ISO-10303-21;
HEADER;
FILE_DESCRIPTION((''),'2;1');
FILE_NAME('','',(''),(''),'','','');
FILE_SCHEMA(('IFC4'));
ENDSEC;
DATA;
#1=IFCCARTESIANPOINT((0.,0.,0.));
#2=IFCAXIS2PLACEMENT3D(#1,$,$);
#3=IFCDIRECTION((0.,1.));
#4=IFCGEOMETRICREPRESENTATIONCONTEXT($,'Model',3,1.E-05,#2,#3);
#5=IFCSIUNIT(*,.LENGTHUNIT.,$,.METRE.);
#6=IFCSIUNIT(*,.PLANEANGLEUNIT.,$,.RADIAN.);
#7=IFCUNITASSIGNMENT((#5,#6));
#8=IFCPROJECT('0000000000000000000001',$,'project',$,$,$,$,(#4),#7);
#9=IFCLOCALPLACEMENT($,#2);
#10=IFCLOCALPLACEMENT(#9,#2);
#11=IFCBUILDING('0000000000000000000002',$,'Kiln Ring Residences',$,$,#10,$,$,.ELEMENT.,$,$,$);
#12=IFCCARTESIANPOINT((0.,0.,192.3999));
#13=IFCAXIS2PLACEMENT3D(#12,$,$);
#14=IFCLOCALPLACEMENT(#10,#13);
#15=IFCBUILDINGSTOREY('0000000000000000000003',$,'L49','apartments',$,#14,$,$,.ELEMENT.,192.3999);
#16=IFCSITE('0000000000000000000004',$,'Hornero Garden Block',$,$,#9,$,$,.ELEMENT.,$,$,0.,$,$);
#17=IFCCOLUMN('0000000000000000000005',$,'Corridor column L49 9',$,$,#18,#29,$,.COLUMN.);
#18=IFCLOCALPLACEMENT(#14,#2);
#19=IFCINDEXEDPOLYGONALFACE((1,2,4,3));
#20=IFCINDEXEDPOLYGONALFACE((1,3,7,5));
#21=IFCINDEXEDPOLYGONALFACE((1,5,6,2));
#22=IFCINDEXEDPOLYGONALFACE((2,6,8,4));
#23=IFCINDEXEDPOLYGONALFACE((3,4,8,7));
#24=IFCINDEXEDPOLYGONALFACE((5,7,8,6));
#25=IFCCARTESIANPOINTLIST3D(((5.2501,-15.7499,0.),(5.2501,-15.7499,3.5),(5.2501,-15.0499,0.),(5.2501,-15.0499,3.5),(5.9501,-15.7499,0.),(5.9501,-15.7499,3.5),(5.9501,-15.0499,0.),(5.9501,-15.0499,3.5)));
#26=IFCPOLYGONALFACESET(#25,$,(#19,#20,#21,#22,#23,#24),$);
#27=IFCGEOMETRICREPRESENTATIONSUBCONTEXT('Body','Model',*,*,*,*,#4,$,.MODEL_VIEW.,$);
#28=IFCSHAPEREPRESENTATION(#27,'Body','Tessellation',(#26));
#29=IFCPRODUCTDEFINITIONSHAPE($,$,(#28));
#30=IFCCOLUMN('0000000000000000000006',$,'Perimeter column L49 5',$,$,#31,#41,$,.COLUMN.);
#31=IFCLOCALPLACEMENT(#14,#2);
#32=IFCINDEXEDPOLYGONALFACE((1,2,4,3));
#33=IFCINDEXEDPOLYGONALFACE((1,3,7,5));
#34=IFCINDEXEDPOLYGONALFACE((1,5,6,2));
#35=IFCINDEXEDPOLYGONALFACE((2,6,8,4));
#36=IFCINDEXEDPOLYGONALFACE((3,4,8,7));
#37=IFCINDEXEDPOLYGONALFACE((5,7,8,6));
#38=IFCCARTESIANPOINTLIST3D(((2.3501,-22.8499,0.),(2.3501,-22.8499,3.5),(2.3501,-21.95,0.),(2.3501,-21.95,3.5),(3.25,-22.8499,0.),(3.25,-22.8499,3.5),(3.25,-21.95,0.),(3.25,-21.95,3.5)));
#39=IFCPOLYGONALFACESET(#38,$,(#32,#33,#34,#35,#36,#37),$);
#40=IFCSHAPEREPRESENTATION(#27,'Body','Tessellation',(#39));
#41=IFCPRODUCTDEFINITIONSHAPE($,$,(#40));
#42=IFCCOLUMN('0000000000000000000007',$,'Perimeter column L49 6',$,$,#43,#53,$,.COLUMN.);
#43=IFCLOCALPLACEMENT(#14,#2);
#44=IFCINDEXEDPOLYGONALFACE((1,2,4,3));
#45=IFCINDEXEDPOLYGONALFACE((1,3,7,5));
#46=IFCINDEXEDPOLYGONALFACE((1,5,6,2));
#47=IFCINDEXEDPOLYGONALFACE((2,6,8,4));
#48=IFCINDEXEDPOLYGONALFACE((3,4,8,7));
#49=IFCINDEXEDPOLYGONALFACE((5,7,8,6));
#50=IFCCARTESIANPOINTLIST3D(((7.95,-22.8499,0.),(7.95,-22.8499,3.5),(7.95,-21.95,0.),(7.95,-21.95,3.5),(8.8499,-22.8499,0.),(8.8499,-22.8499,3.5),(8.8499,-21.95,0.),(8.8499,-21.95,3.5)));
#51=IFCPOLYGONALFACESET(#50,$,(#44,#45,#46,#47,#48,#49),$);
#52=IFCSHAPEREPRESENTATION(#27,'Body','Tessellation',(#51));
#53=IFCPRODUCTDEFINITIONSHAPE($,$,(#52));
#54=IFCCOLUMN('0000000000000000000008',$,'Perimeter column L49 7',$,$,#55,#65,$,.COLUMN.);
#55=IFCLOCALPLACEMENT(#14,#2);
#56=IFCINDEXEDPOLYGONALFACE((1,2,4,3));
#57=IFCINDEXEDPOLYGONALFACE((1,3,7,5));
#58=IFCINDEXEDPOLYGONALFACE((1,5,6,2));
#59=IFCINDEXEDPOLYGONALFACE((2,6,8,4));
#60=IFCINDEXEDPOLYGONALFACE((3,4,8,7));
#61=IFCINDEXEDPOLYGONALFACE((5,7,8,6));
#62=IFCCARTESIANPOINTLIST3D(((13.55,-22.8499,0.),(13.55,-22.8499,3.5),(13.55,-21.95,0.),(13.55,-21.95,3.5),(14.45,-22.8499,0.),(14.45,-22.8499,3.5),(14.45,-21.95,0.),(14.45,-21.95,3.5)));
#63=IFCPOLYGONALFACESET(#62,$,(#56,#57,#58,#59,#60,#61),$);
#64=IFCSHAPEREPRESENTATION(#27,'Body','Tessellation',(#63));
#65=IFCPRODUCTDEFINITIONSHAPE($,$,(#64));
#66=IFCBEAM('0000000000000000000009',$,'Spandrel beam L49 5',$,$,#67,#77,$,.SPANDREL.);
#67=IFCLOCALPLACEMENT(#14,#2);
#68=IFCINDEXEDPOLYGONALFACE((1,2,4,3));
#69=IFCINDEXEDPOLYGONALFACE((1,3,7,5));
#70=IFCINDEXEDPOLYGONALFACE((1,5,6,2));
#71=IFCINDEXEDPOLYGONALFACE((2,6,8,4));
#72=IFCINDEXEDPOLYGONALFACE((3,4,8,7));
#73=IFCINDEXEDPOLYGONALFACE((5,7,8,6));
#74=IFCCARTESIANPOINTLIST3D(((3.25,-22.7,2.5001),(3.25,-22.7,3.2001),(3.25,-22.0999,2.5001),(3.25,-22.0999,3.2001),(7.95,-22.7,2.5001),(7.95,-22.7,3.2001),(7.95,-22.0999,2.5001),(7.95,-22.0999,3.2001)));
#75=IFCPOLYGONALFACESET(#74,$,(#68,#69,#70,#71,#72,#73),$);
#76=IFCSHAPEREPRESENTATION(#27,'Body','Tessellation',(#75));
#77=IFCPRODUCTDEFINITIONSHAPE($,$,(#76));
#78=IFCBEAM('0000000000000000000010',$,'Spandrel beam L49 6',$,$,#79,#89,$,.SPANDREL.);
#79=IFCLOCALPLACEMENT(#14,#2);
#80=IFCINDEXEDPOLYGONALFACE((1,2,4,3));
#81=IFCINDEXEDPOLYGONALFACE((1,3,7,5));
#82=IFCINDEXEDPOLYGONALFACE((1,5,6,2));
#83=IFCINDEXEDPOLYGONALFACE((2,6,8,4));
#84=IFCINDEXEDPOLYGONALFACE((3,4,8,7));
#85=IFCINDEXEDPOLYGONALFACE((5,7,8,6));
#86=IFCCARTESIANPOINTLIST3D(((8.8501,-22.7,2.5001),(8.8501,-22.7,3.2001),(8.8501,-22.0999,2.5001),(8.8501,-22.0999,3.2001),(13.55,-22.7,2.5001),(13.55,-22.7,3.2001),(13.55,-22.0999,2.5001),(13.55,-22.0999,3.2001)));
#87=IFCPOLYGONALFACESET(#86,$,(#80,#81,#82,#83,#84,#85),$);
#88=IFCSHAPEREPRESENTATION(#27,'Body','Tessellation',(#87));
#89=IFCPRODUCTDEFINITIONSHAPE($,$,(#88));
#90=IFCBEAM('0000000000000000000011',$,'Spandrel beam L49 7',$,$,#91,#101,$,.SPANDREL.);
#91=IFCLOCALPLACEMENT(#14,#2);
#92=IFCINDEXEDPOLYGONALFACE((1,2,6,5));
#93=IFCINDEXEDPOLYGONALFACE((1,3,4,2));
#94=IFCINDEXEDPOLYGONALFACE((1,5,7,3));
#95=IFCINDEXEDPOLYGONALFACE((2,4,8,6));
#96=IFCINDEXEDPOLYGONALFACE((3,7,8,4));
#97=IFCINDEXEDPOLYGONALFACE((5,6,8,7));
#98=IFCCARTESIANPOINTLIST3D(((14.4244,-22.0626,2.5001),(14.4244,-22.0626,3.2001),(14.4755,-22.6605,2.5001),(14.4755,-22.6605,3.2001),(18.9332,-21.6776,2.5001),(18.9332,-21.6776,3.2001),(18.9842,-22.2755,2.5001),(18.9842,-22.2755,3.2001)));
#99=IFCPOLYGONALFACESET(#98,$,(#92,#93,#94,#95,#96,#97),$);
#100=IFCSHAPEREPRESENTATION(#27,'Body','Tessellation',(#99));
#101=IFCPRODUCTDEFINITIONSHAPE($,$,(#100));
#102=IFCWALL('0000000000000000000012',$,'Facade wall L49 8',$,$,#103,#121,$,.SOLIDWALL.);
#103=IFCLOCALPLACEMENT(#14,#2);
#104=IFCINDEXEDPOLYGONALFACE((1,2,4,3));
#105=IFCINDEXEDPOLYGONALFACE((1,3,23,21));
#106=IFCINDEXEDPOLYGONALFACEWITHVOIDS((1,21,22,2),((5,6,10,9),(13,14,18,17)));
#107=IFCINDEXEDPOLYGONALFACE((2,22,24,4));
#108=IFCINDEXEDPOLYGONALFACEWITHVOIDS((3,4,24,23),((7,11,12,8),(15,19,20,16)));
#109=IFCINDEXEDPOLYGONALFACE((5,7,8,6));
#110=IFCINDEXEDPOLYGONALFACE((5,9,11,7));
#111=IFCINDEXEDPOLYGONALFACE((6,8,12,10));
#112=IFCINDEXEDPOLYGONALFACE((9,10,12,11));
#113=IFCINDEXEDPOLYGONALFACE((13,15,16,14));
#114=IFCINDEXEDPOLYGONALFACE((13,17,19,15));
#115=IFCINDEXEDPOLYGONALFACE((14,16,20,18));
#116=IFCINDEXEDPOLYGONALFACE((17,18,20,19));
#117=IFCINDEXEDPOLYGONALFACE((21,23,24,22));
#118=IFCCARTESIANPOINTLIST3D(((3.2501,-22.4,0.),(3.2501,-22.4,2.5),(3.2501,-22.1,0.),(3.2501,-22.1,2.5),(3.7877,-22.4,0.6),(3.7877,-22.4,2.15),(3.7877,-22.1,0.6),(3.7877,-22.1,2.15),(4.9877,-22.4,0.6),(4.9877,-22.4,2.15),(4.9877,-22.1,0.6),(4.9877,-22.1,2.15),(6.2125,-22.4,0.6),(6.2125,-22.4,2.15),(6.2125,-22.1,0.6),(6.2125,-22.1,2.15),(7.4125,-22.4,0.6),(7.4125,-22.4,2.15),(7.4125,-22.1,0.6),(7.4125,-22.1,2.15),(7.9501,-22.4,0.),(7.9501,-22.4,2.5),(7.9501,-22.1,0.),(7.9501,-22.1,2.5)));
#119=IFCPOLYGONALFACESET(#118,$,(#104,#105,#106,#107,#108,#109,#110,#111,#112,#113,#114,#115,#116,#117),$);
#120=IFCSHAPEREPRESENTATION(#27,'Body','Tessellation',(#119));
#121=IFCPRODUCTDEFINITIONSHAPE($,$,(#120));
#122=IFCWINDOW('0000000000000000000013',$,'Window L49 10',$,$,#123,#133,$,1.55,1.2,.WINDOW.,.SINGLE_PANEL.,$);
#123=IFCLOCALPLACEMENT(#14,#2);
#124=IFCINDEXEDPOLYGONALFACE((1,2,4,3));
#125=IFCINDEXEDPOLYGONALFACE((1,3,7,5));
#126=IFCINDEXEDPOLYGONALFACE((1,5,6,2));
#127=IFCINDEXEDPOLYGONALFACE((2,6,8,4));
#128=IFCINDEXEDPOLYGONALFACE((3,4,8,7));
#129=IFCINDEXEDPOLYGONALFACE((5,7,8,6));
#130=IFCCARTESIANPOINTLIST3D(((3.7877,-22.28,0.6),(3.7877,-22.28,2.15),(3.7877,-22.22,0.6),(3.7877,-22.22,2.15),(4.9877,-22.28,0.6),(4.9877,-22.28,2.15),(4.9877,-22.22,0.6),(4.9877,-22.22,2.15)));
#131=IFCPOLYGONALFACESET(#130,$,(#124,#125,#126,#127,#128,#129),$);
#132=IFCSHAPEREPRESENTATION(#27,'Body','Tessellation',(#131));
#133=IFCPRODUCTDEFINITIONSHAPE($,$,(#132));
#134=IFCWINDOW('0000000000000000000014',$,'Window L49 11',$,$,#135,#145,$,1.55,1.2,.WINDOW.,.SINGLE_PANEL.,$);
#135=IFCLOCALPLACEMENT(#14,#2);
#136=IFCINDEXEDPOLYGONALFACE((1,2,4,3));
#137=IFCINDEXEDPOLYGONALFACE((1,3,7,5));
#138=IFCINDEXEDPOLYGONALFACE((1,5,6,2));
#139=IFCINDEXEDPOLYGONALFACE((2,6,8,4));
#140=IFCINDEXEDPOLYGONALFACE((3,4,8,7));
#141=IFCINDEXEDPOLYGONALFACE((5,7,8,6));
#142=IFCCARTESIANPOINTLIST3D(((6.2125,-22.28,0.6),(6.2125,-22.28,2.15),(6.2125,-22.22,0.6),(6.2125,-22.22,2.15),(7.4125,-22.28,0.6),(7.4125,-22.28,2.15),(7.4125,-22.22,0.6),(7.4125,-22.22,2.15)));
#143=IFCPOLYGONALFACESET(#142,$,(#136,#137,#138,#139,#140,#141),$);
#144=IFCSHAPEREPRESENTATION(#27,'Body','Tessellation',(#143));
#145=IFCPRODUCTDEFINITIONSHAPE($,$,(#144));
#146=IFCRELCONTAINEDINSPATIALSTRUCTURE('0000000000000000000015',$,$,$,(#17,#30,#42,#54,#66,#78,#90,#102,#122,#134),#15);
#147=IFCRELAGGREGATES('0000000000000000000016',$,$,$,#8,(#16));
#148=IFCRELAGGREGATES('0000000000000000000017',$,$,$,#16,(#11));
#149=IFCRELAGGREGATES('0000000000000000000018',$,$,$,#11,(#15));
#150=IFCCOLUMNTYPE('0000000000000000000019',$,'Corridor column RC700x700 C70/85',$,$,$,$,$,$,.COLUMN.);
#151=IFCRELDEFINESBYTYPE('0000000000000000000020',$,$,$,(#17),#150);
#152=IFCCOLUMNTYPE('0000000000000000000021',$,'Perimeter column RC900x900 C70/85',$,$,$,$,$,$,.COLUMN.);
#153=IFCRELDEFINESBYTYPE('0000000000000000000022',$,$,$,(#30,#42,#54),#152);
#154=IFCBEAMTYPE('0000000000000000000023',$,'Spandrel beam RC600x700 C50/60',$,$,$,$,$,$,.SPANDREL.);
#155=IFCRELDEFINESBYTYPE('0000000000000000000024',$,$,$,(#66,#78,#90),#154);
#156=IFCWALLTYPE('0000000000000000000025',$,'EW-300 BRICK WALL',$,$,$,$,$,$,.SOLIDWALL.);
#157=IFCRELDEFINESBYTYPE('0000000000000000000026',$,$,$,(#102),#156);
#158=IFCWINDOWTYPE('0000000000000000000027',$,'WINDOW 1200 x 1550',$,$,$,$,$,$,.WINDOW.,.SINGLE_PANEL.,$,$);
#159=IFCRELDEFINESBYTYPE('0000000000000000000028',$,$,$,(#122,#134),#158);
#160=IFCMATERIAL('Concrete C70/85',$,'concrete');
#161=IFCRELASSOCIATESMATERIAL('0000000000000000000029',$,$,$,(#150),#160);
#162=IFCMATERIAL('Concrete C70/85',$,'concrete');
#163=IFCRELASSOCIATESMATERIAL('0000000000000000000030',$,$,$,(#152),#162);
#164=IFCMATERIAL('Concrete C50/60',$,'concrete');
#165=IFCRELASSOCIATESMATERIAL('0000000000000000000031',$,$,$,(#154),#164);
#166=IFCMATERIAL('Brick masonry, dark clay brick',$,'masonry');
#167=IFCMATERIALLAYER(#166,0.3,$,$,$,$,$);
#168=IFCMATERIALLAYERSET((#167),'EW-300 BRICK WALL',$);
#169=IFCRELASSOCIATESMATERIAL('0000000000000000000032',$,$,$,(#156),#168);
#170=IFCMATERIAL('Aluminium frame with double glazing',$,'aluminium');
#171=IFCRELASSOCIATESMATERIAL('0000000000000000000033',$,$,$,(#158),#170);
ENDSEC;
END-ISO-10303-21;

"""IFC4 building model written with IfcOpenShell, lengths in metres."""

from ifc_helpers import new_model, si_unit, direction, frame, frame_2d, origin, origin_2d, place, context, subcontext, project, spatial, rectangle, extrude, material, layer, layer_set, material_profile, profile_set, type_object, element, fill, save


model = new_model("IFC4")

# Units and contexts
model_context = context("Model", 3, precision=1e-05, world=origin(), true_north=direction((0.0, 1.0)))
body_context = subcontext(model_context, "Body", "Model", "MODEL_VIEW")
ifc_project = project(units=[si_unit("LENGTHUNIT", "METRE"), si_unit("PLANEANGLEUNIT", "RADIAN")], contexts=[model_context])

# Site, building, storey
site_placement = place(None, origin())
site = spatial("IfcSite", under=ifc_project, at=site_placement, Name="Hornero Garden Block", CompositionType="ELEMENT", RefElevation=0.0)
building_placement = place(site_placement, origin())
building = spatial("IfcBuilding", under=site, at=building_placement, Name="Kiln Ring Residences", CompositionType="ELEMENT")
storey_placement = place(building_placement, frame((0.0, 0.0, 192.3999)))
storey = spatial("IfcBuildingStorey", under=building, at=storey_placement, Name="L49", Description="apartments", CompositionType="ELEMENT", Elevation=192.3999)

# Columns
ifc_material_1 = material(Name="Concrete C70/85", Category="concrete")
ifc_material_profile_1 = material_profile(ifc_material_1, rectangle(XDim=0.7, YDim=0.7, at=origin_2d()), Name="RC700x700")
ifc_profile_set_1 = profile_set([ifc_material_profile_1], Name="Concrete C70/85")
column_type_1 = type_object("IfcColumnType", Name="Corridor column RC700x700 C70/85", PredefinedType="COLUMN", material=ifc_profile_set_1)
column_placement = place(storey_placement, frame((5.6001, -15.3999, 0.0), z_axis=(0.0, 0.0, 1.0), x_axis=(1.0, 0.0, 0.0)))
element("IfcColumn", 1, at=column_placement, inside=storey, type_object=column_type_1, Name="Corridor column L49 9", PredefinedType="COLUMN", context=body_context, shape_type="SweptSolid", body=[
    extrude(rectangle(XDim=0.7, YDim=0.7, at=origin_2d()), origin(), (0.0, 0.0, 1.0), 3.5),
])
ifc_material_2 = material(Name="Concrete C70/85", Category="concrete")
ifc_material_profile_2 = material_profile(ifc_material_2, rectangle(XDim=0.8999, YDim=0.8999, at=origin_2d()), Name="RC900x900")
ifc_profile_set_2 = profile_set([ifc_material_profile_2], Name="Concrete C70/85")
column_type_2 = type_object("IfcColumnType", Name="Perimeter column RC900x900 C70/85", PredefinedType="COLUMN", material=ifc_profile_set_2)
for number, where, z_axis, x_axis, name in (
    (2, (2.8, -22.3999, 0.0), (0.0, 0.0, 1.0), (1.0, 0.0, 0.0), "Perimeter column L49 5"),
    (3, (8.3999, -22.3999, 0.0), (0.0, 0.0, 1.0), (1.0, 0.0, 0.0), "Perimeter column L49 6"),
    (4, (14.0, -22.3999, 0.0), (0.0, 0.0, 1.0), (1.0, 0.0, 0.0), "Perimeter column L49 7"),
):
    element("IfcColumn", number, at=place(storey_placement, frame(where, z_axis=z_axis, x_axis=x_axis)), inside=storey, type_object=column_type_2, Name=name, PredefinedType="COLUMN", context=body_context, shape_type="SweptSolid", body=[
        extrude(rectangle(XDim=0.8999, YDim=0.8999, at=origin_2d()), origin(), (0.0, 0.0, 1.0), 3.5),
    ])

# Beams
ifc_material_3 = material(Name="Concrete C50/60", Category="concrete")
ifc_material_profile_3 = material_profile(ifc_material_3, rectangle(XDim=0.6001, YDim=0.7, at=origin_2d()), Name="RC600x700")
ifc_profile_set_3 = profile_set([ifc_material_profile_3], Name="Concrete C50/60")
beam_type = type_object("IfcBeamType", Name="Spandrel beam RC600x700 C50/60", PredefinedType="SPANDREL", material=ifc_profile_set_3)
for number, where, z_axis, x_axis, name in (
    (5, (3.25, -22.3999, 2.8501), (1.0, 0.0, 0.0), (0.0, 1.0, 0.0), "Spandrel beam L49 5"),
    (6, (8.8501, -22.3999, 2.8501), (1.0, 0.0, 0.0), (0.0, 1.0, 0.0), "Spandrel beam L49 6"),
):
    element("IfcBeam", number, at=place(storey_placement, frame(where, z_axis=z_axis, x_axis=x_axis)), inside=storey, type_object=beam_type, Name=name, PredefinedType="SPANDREL", context=body_context, shape_type="SweptSolid", body=[
        extrude(rectangle(XDim=0.6001, YDim=0.7, at=origin_2d()), origin(), (0.0, 0.0, 1.0), 4.7),
    ])
beam_placement = place(storey_placement, frame((14.45, -22.3616, 2.8501), z_axis=(0.996374, 0.085081, 0.0), x_axis=(-0.085081, 0.996374, 0.0)))
element("IfcBeam", 7, at=beam_placement, inside=storey, type_object=beam_type, Name="Spandrel beam L49 7", PredefinedType="SPANDREL", context=body_context, shape_type="SweptSolid", body=[
    extrude(rectangle(XDim=0.6001, YDim=0.7, at=origin_2d()), origin(), (0.0, 0.0, 1.0), 4.5251),
])

# Wall, openings, windows
ifc_material_4 = material(Name="Brick masonry, dark clay brick", Category="masonry")
ifc_layer_1 = layer(ifc_material_4, 0.3)
ifc_layer_set_1 = layer_set([ifc_layer_1], Name="EW-300 BRICK WALL")
wall_type_1 = type_object("IfcWallType", Name="EW-300 BRICK WALL", PredefinedType="SOLIDWALL", material=ifc_layer_set_1)
wall_1_placement = place(storey_placement, frame((3.25, -22.25, 0.0), z_axis=(0.0, 0.0, 1.0), x_axis=(1.0, 0.0, 0.0)))
wall_1 = element("IfcWall", 8, at=wall_1_placement, inside=storey, type_object=wall_type_1, Name="Facade wall L49 8", PredefinedType="SOLIDWALL", context=body_context, shape_type="SweptSolid", body=[
    extrude(rectangle(XDim=4.7, YDim=0.3, at=frame_2d((2.3501, 0.0))), origin(), (0.0, 0.0, 1.0), 2.5),
])
opening_1_placement = place(wall_1_placement, frame((0.5376, 0.0, 0.6001)))
opening_1 = element("IfcOpeningElement", 9, at=opening_1_placement, cuts=wall_1, PredefinedType="OPENING", context=body_context, shape_type="SweptSolid", body=[
    extrude(rectangle(XDim=1.2, YDim=1.55, at=frame_2d((0.6001, 0.7749))), frame((0.0, 0.1599, 0.0), z_axis=(0.0, -1.0, 0.0), x_axis=(1.0, 0.0, 0.0)), (0.0, 0.0, 1.0), 0.3201),
])
opening_2_placement = place(wall_1_placement, frame((2.9624, 0.0, 0.6001)))
opening_2 = element("IfcOpeningElement", 10, at=opening_2_placement, cuts=wall_1, PredefinedType="OPENING", context=body_context, shape_type="SweptSolid", body=[
    extrude(rectangle(XDim=1.2, YDim=1.55, at=frame_2d((0.6001, 0.7749))), frame((0.0, 0.1599, 0.0), z_axis=(0.0, -1.0, 0.0), x_axis=(1.0, 0.0, 0.0)), (0.0, 0.0, 1.0), 0.3201),
])
ifc_material_5 = material(Name="Aluminium frame with double glazing", Category="aluminium")
window_type = type_object("IfcWindowType", Name="WINDOW 1200 x 1550", PartitioningType="SINGLE_PANEL", PredefinedType="WINDOW", material=ifc_material_5)
window_1_placement = place(opening_1_placement, origin())
window_1 = element("IfcWindow", 11, at=window_1_placement, inside=storey, type_object=window_type, Name="Window L49 10", OverallHeight=1.55, OverallWidth=1.2, PartitioningType="SINGLE_PANEL", PredefinedType="WINDOW", context=body_context, shape_type="SweptSolid", body=[
    extrude(rectangle(XDim=1.2, YDim=1.55, at=frame_2d((0.6001, 0.7749))), frame((0.0, 0.03, 0.0), z_axis=(0.0, -1.0, 0.0), x_axis=(1.0, 0.0, 0.0)), (0.0, 0.0, 1.0), 0.0601),
])
fill(opening_1, window_1)
window_2_placement = place(opening_2_placement, origin())
window_2 = element("IfcWindow", 12, at=window_2_placement, inside=storey, type_object=window_type, Name="Window L49 11", OverallHeight=1.55, OverallWidth=1.2, PartitioningType="SINGLE_PANEL", PredefinedType="WINDOW", context=body_context, shape_type="SweptSolid", body=[
    extrude(rectangle(XDim=1.2, YDim=1.55, at=frame_2d((0.6001, 0.7749))), frame((0.0, 0.03, 0.0), z_axis=(0.0, -1.0, 0.0), x_axis=(1.0, 0.0, 0.0)), (0.0, 0.0, 1.0), 0.0601),
])
fill(opening_2, window_2)

save(model, "model.ifc")
